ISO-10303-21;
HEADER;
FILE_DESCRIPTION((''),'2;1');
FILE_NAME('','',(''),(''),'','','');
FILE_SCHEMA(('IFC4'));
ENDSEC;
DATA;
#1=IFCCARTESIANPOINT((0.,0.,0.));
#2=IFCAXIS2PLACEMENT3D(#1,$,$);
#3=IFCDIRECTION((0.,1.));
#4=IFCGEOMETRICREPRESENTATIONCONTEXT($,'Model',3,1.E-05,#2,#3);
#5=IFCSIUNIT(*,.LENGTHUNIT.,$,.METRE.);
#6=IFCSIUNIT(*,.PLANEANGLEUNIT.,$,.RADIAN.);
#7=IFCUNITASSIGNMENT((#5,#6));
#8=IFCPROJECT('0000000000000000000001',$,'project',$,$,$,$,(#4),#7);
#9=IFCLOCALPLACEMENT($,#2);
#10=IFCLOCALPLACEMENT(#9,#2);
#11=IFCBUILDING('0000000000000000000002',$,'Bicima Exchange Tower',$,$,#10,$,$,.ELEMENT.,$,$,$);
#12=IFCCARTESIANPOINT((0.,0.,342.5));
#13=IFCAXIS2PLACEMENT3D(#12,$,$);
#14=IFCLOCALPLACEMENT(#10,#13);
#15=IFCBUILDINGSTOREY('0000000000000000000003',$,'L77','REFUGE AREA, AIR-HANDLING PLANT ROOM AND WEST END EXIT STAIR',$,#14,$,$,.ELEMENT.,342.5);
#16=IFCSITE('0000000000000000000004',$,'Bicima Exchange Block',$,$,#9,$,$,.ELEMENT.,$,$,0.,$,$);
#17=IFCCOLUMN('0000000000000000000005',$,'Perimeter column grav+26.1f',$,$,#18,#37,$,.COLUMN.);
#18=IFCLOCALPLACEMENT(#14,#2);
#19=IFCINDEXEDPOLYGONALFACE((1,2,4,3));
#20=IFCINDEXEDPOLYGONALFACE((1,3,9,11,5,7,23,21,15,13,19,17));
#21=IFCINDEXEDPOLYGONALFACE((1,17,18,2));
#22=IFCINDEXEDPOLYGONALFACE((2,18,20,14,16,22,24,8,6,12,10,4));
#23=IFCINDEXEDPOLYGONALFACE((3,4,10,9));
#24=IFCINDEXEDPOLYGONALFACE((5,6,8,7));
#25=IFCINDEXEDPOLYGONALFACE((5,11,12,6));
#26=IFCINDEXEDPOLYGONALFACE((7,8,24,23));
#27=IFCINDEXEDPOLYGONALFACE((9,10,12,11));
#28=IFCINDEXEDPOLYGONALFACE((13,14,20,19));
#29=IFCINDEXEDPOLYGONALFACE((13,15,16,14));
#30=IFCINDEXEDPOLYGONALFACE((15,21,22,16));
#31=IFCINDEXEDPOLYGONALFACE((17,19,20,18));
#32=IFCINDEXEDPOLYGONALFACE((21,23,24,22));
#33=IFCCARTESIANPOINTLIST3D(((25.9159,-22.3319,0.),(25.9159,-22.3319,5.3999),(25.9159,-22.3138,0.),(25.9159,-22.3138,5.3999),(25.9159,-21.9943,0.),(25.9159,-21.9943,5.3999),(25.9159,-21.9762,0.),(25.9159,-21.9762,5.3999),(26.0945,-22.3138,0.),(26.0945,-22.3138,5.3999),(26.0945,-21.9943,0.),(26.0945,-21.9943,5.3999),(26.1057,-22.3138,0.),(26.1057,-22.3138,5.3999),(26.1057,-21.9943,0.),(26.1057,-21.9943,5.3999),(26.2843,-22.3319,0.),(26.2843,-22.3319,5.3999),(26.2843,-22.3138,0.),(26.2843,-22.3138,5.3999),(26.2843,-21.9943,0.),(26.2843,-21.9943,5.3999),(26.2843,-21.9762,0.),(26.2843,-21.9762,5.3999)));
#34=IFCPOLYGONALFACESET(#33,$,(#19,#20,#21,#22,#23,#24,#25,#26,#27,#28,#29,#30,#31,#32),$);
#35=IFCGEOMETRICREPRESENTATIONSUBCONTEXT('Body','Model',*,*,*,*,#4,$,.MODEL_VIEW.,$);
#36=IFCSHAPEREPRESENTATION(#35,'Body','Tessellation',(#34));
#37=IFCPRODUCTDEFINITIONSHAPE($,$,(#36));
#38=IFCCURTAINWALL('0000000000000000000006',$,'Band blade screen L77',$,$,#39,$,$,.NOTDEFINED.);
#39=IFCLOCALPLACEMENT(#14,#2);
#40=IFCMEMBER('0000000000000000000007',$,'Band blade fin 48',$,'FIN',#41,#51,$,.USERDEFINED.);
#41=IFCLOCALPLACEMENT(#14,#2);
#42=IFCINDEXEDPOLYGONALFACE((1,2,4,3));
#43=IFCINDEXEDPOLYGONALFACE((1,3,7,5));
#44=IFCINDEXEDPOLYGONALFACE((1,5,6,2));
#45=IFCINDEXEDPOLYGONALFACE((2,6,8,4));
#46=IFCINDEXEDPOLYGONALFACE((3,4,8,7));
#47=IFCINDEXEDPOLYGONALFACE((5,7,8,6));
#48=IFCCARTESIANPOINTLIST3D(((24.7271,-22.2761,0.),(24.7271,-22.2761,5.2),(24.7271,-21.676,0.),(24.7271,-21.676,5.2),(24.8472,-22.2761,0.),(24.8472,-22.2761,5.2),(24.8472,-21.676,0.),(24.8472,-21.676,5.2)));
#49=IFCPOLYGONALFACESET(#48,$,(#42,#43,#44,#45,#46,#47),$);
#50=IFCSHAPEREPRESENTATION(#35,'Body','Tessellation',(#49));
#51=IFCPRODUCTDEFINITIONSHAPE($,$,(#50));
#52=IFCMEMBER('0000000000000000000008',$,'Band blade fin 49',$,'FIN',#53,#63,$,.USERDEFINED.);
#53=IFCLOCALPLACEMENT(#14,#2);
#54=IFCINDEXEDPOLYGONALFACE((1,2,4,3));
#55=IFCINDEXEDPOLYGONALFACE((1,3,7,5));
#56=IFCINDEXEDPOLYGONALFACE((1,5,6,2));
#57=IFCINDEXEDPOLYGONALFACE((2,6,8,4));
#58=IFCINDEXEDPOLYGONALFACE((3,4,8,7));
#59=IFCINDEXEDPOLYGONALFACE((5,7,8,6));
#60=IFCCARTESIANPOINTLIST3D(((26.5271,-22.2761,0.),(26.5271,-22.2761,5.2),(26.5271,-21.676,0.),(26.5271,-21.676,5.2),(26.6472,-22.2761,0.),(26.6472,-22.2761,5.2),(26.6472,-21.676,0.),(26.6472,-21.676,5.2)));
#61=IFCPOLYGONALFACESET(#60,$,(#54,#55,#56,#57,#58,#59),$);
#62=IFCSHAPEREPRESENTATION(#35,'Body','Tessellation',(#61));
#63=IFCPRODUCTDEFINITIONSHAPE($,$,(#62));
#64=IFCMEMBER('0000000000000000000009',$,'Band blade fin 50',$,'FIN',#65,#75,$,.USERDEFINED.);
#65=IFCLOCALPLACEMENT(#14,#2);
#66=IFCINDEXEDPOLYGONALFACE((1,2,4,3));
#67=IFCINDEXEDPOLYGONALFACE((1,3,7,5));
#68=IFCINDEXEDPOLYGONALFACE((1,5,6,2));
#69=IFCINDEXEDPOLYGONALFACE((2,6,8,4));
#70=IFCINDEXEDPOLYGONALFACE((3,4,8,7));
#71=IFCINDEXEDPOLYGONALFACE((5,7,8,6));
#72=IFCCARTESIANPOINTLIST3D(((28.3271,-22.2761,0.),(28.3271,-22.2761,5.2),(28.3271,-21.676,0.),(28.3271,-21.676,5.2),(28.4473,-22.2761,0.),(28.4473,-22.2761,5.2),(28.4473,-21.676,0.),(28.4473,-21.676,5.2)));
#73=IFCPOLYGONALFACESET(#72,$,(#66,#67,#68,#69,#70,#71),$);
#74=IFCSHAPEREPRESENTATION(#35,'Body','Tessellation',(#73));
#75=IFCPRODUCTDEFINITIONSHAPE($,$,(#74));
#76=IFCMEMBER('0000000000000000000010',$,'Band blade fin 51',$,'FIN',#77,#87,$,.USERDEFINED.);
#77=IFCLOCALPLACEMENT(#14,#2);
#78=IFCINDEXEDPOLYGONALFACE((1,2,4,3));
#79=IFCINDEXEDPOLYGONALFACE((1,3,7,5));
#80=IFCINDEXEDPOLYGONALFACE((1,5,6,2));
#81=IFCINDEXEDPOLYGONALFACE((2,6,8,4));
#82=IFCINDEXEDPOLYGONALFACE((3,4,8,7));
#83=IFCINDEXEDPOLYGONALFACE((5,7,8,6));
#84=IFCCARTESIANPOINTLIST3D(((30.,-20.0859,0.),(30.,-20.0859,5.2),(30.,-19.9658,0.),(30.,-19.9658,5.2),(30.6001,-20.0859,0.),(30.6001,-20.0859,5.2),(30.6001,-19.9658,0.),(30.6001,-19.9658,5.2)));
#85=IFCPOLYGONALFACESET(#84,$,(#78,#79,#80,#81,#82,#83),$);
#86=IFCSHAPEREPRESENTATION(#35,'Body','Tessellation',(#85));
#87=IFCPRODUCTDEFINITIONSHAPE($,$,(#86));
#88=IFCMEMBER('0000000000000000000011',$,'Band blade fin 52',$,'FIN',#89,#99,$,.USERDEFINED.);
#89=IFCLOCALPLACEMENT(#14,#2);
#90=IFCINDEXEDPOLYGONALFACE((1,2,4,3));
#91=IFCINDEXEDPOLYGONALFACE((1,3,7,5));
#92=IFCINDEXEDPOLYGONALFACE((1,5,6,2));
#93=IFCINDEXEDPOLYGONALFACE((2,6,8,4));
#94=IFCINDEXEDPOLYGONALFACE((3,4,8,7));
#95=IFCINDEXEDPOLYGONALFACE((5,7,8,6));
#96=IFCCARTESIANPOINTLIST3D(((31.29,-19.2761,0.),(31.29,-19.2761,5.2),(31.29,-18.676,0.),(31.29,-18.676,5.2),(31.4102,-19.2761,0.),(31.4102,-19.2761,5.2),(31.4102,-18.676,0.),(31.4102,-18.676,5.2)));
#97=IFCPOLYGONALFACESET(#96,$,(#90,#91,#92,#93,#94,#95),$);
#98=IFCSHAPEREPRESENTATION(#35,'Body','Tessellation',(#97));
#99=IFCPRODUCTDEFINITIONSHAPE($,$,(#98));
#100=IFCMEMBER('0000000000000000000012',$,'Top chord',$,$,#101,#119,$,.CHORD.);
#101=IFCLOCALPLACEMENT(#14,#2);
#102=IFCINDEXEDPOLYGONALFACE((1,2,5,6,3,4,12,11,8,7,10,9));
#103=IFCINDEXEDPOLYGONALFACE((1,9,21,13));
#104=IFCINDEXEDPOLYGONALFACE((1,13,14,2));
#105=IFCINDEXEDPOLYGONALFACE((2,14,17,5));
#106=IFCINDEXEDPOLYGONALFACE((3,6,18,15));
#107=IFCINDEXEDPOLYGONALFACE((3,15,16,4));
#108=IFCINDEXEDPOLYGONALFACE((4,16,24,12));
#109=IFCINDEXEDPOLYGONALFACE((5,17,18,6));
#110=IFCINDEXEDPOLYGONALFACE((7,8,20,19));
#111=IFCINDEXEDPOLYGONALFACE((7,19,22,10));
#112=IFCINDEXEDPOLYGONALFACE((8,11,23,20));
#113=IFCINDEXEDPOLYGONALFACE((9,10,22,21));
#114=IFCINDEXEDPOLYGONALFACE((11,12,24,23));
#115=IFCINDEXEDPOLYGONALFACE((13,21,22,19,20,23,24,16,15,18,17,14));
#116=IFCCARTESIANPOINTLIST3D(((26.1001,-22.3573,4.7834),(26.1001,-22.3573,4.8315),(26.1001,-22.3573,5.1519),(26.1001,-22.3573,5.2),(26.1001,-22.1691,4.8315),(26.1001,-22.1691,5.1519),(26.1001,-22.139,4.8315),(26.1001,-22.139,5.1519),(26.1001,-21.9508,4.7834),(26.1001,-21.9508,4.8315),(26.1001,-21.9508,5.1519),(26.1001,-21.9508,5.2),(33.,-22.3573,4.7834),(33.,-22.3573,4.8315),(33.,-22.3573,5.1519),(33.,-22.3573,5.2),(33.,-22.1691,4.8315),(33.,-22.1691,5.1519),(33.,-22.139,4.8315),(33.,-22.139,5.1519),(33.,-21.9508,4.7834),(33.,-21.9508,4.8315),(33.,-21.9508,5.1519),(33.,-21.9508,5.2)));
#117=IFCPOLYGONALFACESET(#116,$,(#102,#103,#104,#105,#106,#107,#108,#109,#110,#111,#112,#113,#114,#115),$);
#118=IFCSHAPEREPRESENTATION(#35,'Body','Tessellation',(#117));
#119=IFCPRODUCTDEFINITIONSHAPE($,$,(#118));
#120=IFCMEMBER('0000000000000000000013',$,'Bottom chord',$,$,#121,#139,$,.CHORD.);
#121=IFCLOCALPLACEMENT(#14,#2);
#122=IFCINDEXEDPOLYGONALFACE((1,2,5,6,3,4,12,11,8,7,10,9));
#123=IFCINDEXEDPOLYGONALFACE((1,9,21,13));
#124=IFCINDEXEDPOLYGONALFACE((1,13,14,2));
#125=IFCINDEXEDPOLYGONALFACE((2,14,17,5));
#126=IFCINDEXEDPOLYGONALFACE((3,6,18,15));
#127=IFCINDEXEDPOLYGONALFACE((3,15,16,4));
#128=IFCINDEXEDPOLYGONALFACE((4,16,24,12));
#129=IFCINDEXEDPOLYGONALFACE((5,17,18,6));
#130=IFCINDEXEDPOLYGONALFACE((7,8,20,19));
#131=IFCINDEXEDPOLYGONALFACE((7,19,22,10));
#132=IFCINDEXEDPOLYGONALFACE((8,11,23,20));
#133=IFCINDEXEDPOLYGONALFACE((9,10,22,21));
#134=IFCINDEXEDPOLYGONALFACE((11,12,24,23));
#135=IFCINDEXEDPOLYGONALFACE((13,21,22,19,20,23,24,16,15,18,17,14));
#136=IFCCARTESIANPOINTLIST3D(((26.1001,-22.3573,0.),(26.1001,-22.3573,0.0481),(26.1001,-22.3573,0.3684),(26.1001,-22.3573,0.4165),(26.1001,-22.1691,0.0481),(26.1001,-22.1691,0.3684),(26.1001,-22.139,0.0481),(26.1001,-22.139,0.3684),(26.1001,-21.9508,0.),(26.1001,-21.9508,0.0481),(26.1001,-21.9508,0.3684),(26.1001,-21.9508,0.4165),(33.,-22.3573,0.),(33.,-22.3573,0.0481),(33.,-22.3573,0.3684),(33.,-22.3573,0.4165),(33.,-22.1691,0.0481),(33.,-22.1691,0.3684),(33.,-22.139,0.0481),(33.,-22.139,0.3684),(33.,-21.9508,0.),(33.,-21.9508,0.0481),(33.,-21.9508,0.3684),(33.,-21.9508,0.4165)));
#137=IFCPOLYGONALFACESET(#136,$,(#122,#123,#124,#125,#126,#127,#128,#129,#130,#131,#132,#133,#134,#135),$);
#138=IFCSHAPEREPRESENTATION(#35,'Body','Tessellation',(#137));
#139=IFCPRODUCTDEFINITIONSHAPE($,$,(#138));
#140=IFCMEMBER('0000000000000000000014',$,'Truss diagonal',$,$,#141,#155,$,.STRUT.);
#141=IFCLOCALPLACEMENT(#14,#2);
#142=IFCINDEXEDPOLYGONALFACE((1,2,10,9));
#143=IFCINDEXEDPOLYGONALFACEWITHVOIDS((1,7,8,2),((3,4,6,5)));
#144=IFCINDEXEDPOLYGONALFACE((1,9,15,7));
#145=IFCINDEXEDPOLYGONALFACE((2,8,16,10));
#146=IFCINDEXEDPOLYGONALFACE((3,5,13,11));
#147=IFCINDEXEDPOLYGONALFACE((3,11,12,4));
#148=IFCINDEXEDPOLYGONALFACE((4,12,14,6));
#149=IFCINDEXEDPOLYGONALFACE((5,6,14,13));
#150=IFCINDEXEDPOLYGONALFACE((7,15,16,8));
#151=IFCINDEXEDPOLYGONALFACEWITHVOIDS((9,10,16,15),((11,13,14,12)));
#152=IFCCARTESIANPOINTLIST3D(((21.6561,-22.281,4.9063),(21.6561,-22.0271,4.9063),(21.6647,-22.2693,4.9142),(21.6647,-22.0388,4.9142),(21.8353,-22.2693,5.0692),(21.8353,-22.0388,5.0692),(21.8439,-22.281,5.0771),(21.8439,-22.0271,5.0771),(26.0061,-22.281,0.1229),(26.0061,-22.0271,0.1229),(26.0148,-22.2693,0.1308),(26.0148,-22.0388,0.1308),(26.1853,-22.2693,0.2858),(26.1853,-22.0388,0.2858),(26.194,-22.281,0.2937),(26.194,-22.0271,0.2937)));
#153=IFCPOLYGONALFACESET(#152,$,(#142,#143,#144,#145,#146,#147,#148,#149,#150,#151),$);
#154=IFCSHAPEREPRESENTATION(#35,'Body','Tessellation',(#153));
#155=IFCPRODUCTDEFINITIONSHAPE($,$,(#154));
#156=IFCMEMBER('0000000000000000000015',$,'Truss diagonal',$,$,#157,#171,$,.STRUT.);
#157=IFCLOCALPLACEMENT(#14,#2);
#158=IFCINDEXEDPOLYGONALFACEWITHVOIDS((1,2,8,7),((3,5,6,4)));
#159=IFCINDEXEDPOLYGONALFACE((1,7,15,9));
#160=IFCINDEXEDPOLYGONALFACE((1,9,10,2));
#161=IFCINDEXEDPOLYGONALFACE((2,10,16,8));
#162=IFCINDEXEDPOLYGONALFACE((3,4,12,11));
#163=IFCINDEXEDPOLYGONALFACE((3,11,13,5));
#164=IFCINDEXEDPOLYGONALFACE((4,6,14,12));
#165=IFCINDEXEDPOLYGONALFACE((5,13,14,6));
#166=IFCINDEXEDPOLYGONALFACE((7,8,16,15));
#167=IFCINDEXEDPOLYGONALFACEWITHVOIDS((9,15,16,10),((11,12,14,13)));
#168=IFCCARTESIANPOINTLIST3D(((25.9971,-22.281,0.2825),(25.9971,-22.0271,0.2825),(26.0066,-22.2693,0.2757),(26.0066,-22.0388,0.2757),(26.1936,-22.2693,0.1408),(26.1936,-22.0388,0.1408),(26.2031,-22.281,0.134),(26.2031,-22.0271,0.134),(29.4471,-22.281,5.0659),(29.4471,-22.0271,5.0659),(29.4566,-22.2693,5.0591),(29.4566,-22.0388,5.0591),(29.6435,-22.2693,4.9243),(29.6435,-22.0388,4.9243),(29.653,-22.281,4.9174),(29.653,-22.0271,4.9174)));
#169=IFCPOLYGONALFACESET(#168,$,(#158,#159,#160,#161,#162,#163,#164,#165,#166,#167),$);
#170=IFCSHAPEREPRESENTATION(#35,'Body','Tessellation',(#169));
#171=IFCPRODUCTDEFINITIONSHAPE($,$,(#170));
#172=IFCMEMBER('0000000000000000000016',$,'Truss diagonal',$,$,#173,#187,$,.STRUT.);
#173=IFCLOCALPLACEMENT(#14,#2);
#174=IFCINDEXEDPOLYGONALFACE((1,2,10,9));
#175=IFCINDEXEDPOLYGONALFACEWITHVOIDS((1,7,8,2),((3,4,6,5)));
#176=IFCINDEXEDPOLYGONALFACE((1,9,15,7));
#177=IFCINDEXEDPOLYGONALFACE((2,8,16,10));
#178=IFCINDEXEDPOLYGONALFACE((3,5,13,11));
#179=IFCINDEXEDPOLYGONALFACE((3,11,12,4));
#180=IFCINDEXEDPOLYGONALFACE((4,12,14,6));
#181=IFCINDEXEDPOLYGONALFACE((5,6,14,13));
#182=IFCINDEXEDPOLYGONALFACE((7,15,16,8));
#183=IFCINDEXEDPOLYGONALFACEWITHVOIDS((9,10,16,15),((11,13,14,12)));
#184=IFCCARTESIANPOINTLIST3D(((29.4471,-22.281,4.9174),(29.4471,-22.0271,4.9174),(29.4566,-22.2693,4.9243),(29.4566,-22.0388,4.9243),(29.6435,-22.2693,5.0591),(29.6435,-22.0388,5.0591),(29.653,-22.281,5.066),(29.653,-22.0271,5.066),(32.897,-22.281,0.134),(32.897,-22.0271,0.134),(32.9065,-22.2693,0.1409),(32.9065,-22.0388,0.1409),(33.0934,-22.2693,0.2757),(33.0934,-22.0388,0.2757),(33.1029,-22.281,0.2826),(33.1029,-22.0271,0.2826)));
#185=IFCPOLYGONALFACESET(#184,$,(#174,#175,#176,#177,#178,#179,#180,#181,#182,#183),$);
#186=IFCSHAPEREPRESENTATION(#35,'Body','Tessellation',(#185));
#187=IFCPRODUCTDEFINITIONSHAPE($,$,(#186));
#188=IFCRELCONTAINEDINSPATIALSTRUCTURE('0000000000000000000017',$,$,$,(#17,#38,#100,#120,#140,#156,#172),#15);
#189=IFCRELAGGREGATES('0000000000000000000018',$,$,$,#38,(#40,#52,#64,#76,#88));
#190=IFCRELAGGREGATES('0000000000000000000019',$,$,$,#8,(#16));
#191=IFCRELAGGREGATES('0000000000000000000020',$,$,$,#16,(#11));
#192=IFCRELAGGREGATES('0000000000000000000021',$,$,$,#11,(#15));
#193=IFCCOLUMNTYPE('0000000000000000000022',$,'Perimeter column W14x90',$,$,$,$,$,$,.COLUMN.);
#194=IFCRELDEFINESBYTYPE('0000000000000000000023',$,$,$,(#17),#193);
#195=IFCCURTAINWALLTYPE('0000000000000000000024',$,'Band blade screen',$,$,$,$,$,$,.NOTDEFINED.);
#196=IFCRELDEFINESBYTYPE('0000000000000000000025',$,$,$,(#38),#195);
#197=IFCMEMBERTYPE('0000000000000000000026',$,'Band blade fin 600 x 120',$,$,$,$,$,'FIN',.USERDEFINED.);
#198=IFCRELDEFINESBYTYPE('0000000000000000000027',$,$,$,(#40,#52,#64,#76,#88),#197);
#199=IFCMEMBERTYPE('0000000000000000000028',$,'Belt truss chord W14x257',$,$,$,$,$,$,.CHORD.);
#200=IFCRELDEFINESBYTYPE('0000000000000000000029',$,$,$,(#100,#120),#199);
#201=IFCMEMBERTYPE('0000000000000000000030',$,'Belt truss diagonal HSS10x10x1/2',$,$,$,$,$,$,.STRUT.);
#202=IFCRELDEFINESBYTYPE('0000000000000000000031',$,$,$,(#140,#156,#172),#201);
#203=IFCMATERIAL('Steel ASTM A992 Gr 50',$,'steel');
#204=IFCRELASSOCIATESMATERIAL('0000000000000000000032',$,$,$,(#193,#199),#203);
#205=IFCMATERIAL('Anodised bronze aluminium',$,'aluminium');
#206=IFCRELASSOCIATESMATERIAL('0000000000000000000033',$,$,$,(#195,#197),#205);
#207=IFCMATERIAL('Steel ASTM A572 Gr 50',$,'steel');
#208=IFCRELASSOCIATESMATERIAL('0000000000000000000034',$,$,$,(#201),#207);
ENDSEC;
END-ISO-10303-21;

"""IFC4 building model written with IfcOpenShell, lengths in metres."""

from ifc_helpers import new_model, si_unit, direction, frame, origin, origin_2d, place, context, subcontext, project, spatial, rectangle, hollow_rectangle, i_section, extrude, material, material_profile, profile_set, type_object, element, aggregate, save


model = new_model("IFC4")

# Units and contexts
model_context = context("Model", 3, precision=1e-05, world=origin(), true_north=direction((0.0, 1.0)))
body_context = subcontext(model_context, "Body", "Model", "MODEL_VIEW")
ifc_project = project(units=[si_unit("LENGTHUNIT", "METRE"), si_unit("PLANEANGLEUNIT", "RADIAN")], contexts=[model_context])

# Site, building, storey
site_placement = place(None, origin())
site = spatial("IfcSite", under=ifc_project, at=site_placement, Name="Bicima Exchange Block", CompositionType="ELEMENT", RefElevation=0.0)
building_placement = place(site_placement, origin())
building = spatial("IfcBuilding", under=site, at=building_placement, Name="Bicima Exchange Tower", CompositionType="ELEMENT")
storey_placement = place(building_placement, frame((0.0, 0.0, 342.5)))
storey = spatial("IfcBuildingStorey", under=building, at=storey_placement, Name="L77", Description="REFUGE AREA, AIR-HANDLING PLANT ROOM AND WEST END EXIT STAIR", CompositionType="ELEMENT", Elevation=342.5)

# Column
ifc_material_1 = material(Name="Steel ASTM A992 Gr 50", Category="steel")
ifc_material_profile_1 = material_profile(ifc_material_1, i_section(OverallWidth=0.3684, OverallDepth=0.3557, WebThickness=0.0112, FlangeThickness=0.0181, at=origin_2d()))
ifc_profile_set_1 = profile_set([ifc_material_profile_1], Name="Steel ASTM A992 Gr 50")
column_type = type_object("IfcColumnType", Name="Perimeter column W14x90", PredefinedType="COLUMN", material=ifc_profile_set_1)
column_placement = place(storey_placement, frame((26.1001, -22.1541, 0.0), z_axis=(0.0, 0.0, 1.0), x_axis=(1.0, 0.0, 0.0)))
element("IfcColumn", 1, at=column_placement, inside=storey, type_object=column_type, Name="Perimeter column grav+26.1f", PredefinedType="COLUMN", context=body_context, shape_type="SweptSolid", body=[
    extrude(i_section(OverallWidth=0.3684, OverallDepth=0.3557, WebThickness=0.0112, FlangeThickness=0.0181, at=origin_2d()), origin(), (0.0, 0.0, 1.0), 5.3999),
])

# Curtain wall, members
ifc_material_2 = material(Name="Anodised bronze aluminium", Category="aluminium")
curtain_wall_type = type_object("IfcCurtainWallType", Name="Band blade screen", PredefinedType="NOTDEFINED", material=ifc_material_2)
curtain_wall_placement = place(storey_placement, origin())
curtain_wall = element("IfcCurtainWall", 2, at=curtain_wall_placement, inside=storey, type_object=curtain_wall_type, Name="Band blade screen L77", PredefinedType="NOTDEFINED")
ifc_material_profile_2 = material_profile(ifc_material_2, rectangle(XDim=0.6001, YDim=0.1201, at=origin_2d()))
ifc_profile_set_2 = profile_set([ifc_material_profile_2], Name="Anodised bronze aluminium")
member_type_1 = type_object("IfcMemberType", Name="Band blade fin 600 x 120", ElementType="FIN", PredefinedType="USERDEFINED", material=ifc_profile_set_2)
member_1_placement = place(storey_placement, frame((24.7871, -21.9761, 0.0), z_axis=(0.0, 0.0, 1.0), x_axis=(0.0, 1.0, 0.0)))
member_1 = element("IfcMember", 3, at=member_1_placement, type_object=member_type_1, Name="Band blade fin 48", ObjectType="FIN", PredefinedType="USERDEFINED", context=body_context, shape_type="SweptSolid", body=[
    extrude(rectangle(XDim=0.6001, YDim=0.1201, at=origin_2d()), origin(), (0.0, 0.0, 1.0), 5.2),
])
member_2_placement = place(storey_placement, frame((26.5872, -21.9761, 0.0), z_axis=(0.0, 0.0, 1.0), x_axis=(0.0, 1.0, 0.0)))
member_2 = element("IfcMember", 4, at=member_2_placement, type_object=member_type_1, Name="Band blade fin 49", ObjectType="FIN", PredefinedType="USERDEFINED", context=body_context, shape_type="SweptSolid", body=[
    extrude(rectangle(XDim=0.6001, YDim=0.1201, at=origin_2d()), origin(), (0.0, 0.0, 1.0), 5.2),
])
member_3_placement = place(storey_placement, frame((28.3872, -21.9761, 0.0), z_axis=(0.0, 0.0, 1.0), x_axis=(0.0, 1.0, 0.0)))
member_3 = element("IfcMember", 5, at=member_3_placement, type_object=member_type_1, Name="Band blade fin 50", ObjectType="FIN", PredefinedType="USERDEFINED", context=body_context, shape_type="SweptSolid", body=[
    extrude(rectangle(XDim=0.6001, YDim=0.1201, at=origin_2d()), origin(), (0.0, 0.0, 1.0), 5.2),
])
member_4_placement = place(storey_placement, frame((30.3, -20.0259, 0.0), z_axis=(0.0, 0.0, 1.0), x_axis=(-1.0, 0.0, 0.0)))
member_4 = element("IfcMember", 6, at=member_4_placement, type_object=member_type_1, Name="Band blade fin 51", ObjectType="FIN", PredefinedType="USERDEFINED", context=body_context, shape_type="SweptSolid", body=[
    extrude(rectangle(XDim=0.6001, YDim=0.1201, at=origin_2d()), origin(), (0.0, 0.0, 1.0), 5.2),
])
member_5_placement = place(storey_placement, frame((31.3501, -18.9761, 0.0), z_axis=(0.0, 0.0, 1.0), x_axis=(0.0, 1.0, 0.0)))
member_5 = element("IfcMember", 7, at=member_5_placement, type_object=member_type_1, Name="Band blade fin 52", ObjectType="FIN", PredefinedType="USERDEFINED", context=body_context, shape_type="SweptSolid", body=[
    extrude(rectangle(XDim=0.6001, YDim=0.1201, at=origin_2d()), origin(), (0.0, 0.0, 1.0), 5.2),
])
aggregate(curtain_wall, [member_1, member_2, member_3, member_4, member_5])

# Members
ifc_material_profile_3 = material_profile(ifc_material_1, i_section(OverallWidth=0.4065, OverallDepth=0.4165, WebThickness=0.03, FlangeThickness=0.0481, at=origin_2d()))
ifc_profile_set_3 = profile_set([ifc_material_profile_3], Name="Steel ASTM A992 Gr 50")
member_type_2 = type_object("IfcMemberType", Name="Belt truss chord W14x257", PredefinedType="CHORD", material=ifc_profile_set_3)
for number, where, z_axis, x_axis, name in (
    (8, (26.1001, -22.1541, 4.9917), (1.0, 0.0, 0.0), (0.0, 1.0, 0.0), "Top chord"),
    (9, (26.1001, -22.1541, 0.2083), (1.0, 0.0, 0.0), (0.0, 1.0, 0.0), "Bottom chord"),
):
    element("IfcMember", number, at=place(storey_placement, frame(where, z_axis=z_axis, x_axis=x_axis)), inside=storey, type_object=member_type_2, Name=name, PredefinedType="CHORD", context=body_context, shape_type="SweptSolid", body=[
        extrude(i_section(OverallWidth=0.4065, OverallDepth=0.4165, WebThickness=0.03, FlangeThickness=0.0481, at=origin_2d()), origin(), (0.0, 0.0, 1.0), 6.8999),
    ])
ifc_material_3 = material(Name="Steel ASTM A572 Gr 50", Category="steel")
ifc_material_profile_4 = material_profile(ifc_material_3, hollow_rectangle(XDim=0.2539, YDim=0.2539, WallThickness=0.0117, at=origin_2d()))
ifc_profile_set_4 = profile_set([ifc_material_profile_4], Name="Steel ASTM A572 Gr 50")
member_type_3 = type_object("IfcMemberType", Name="Belt truss diagonal HSS10x10x1/2", PredefinedType="STRUT", material=ifc_profile_set_4)
member_6_placement = place(storey_placement, frame((21.75, -22.1541, 4.9917), z_axis=(0.672801, 0.0, -0.739824), x_axis=(0.0, 1.0, 0.0)))
element("IfcMember", 10, at=member_6_placement, inside=storey, type_object=member_type_3, Name="Truss diagonal", PredefinedType="STRUT", context=body_context, shape_type="SweptSolid", body=[
    extrude(hollow_rectangle(XDim=0.2539, YDim=0.2539, WallThickness=0.0117, at=origin_2d()), origin(), (0.0, 0.0, 1.0), 6.4656),
])
for number, where, z_axis, x_axis, name in (
    (11, (26.1001, -22.1541, 0.2083), (0.58496, 0.0, 0.811062), (0.0, 1.0, 0.0), "Truss diagonal"),
    (12, (29.55, -22.1541, 4.9917), (0.58496, 0.0, -0.811062), (0.0, 1.0, 0.0), "Truss diagonal"),
):
    element("IfcMember", number, at=place(storey_placement, frame(where, z_axis=z_axis, x_axis=x_axis)), inside=storey, type_object=member_type_3, Name=name, PredefinedType="STRUT", context=body_context, shape_type="SweptSolid", body=[
        extrude(hollow_rectangle(XDim=0.2539, YDim=0.2539, WallThickness=0.0117, at=origin_2d()), origin(), (0.0, 0.0, 1.0), 5.8977),
    ])

save(model, "model.ifc")
